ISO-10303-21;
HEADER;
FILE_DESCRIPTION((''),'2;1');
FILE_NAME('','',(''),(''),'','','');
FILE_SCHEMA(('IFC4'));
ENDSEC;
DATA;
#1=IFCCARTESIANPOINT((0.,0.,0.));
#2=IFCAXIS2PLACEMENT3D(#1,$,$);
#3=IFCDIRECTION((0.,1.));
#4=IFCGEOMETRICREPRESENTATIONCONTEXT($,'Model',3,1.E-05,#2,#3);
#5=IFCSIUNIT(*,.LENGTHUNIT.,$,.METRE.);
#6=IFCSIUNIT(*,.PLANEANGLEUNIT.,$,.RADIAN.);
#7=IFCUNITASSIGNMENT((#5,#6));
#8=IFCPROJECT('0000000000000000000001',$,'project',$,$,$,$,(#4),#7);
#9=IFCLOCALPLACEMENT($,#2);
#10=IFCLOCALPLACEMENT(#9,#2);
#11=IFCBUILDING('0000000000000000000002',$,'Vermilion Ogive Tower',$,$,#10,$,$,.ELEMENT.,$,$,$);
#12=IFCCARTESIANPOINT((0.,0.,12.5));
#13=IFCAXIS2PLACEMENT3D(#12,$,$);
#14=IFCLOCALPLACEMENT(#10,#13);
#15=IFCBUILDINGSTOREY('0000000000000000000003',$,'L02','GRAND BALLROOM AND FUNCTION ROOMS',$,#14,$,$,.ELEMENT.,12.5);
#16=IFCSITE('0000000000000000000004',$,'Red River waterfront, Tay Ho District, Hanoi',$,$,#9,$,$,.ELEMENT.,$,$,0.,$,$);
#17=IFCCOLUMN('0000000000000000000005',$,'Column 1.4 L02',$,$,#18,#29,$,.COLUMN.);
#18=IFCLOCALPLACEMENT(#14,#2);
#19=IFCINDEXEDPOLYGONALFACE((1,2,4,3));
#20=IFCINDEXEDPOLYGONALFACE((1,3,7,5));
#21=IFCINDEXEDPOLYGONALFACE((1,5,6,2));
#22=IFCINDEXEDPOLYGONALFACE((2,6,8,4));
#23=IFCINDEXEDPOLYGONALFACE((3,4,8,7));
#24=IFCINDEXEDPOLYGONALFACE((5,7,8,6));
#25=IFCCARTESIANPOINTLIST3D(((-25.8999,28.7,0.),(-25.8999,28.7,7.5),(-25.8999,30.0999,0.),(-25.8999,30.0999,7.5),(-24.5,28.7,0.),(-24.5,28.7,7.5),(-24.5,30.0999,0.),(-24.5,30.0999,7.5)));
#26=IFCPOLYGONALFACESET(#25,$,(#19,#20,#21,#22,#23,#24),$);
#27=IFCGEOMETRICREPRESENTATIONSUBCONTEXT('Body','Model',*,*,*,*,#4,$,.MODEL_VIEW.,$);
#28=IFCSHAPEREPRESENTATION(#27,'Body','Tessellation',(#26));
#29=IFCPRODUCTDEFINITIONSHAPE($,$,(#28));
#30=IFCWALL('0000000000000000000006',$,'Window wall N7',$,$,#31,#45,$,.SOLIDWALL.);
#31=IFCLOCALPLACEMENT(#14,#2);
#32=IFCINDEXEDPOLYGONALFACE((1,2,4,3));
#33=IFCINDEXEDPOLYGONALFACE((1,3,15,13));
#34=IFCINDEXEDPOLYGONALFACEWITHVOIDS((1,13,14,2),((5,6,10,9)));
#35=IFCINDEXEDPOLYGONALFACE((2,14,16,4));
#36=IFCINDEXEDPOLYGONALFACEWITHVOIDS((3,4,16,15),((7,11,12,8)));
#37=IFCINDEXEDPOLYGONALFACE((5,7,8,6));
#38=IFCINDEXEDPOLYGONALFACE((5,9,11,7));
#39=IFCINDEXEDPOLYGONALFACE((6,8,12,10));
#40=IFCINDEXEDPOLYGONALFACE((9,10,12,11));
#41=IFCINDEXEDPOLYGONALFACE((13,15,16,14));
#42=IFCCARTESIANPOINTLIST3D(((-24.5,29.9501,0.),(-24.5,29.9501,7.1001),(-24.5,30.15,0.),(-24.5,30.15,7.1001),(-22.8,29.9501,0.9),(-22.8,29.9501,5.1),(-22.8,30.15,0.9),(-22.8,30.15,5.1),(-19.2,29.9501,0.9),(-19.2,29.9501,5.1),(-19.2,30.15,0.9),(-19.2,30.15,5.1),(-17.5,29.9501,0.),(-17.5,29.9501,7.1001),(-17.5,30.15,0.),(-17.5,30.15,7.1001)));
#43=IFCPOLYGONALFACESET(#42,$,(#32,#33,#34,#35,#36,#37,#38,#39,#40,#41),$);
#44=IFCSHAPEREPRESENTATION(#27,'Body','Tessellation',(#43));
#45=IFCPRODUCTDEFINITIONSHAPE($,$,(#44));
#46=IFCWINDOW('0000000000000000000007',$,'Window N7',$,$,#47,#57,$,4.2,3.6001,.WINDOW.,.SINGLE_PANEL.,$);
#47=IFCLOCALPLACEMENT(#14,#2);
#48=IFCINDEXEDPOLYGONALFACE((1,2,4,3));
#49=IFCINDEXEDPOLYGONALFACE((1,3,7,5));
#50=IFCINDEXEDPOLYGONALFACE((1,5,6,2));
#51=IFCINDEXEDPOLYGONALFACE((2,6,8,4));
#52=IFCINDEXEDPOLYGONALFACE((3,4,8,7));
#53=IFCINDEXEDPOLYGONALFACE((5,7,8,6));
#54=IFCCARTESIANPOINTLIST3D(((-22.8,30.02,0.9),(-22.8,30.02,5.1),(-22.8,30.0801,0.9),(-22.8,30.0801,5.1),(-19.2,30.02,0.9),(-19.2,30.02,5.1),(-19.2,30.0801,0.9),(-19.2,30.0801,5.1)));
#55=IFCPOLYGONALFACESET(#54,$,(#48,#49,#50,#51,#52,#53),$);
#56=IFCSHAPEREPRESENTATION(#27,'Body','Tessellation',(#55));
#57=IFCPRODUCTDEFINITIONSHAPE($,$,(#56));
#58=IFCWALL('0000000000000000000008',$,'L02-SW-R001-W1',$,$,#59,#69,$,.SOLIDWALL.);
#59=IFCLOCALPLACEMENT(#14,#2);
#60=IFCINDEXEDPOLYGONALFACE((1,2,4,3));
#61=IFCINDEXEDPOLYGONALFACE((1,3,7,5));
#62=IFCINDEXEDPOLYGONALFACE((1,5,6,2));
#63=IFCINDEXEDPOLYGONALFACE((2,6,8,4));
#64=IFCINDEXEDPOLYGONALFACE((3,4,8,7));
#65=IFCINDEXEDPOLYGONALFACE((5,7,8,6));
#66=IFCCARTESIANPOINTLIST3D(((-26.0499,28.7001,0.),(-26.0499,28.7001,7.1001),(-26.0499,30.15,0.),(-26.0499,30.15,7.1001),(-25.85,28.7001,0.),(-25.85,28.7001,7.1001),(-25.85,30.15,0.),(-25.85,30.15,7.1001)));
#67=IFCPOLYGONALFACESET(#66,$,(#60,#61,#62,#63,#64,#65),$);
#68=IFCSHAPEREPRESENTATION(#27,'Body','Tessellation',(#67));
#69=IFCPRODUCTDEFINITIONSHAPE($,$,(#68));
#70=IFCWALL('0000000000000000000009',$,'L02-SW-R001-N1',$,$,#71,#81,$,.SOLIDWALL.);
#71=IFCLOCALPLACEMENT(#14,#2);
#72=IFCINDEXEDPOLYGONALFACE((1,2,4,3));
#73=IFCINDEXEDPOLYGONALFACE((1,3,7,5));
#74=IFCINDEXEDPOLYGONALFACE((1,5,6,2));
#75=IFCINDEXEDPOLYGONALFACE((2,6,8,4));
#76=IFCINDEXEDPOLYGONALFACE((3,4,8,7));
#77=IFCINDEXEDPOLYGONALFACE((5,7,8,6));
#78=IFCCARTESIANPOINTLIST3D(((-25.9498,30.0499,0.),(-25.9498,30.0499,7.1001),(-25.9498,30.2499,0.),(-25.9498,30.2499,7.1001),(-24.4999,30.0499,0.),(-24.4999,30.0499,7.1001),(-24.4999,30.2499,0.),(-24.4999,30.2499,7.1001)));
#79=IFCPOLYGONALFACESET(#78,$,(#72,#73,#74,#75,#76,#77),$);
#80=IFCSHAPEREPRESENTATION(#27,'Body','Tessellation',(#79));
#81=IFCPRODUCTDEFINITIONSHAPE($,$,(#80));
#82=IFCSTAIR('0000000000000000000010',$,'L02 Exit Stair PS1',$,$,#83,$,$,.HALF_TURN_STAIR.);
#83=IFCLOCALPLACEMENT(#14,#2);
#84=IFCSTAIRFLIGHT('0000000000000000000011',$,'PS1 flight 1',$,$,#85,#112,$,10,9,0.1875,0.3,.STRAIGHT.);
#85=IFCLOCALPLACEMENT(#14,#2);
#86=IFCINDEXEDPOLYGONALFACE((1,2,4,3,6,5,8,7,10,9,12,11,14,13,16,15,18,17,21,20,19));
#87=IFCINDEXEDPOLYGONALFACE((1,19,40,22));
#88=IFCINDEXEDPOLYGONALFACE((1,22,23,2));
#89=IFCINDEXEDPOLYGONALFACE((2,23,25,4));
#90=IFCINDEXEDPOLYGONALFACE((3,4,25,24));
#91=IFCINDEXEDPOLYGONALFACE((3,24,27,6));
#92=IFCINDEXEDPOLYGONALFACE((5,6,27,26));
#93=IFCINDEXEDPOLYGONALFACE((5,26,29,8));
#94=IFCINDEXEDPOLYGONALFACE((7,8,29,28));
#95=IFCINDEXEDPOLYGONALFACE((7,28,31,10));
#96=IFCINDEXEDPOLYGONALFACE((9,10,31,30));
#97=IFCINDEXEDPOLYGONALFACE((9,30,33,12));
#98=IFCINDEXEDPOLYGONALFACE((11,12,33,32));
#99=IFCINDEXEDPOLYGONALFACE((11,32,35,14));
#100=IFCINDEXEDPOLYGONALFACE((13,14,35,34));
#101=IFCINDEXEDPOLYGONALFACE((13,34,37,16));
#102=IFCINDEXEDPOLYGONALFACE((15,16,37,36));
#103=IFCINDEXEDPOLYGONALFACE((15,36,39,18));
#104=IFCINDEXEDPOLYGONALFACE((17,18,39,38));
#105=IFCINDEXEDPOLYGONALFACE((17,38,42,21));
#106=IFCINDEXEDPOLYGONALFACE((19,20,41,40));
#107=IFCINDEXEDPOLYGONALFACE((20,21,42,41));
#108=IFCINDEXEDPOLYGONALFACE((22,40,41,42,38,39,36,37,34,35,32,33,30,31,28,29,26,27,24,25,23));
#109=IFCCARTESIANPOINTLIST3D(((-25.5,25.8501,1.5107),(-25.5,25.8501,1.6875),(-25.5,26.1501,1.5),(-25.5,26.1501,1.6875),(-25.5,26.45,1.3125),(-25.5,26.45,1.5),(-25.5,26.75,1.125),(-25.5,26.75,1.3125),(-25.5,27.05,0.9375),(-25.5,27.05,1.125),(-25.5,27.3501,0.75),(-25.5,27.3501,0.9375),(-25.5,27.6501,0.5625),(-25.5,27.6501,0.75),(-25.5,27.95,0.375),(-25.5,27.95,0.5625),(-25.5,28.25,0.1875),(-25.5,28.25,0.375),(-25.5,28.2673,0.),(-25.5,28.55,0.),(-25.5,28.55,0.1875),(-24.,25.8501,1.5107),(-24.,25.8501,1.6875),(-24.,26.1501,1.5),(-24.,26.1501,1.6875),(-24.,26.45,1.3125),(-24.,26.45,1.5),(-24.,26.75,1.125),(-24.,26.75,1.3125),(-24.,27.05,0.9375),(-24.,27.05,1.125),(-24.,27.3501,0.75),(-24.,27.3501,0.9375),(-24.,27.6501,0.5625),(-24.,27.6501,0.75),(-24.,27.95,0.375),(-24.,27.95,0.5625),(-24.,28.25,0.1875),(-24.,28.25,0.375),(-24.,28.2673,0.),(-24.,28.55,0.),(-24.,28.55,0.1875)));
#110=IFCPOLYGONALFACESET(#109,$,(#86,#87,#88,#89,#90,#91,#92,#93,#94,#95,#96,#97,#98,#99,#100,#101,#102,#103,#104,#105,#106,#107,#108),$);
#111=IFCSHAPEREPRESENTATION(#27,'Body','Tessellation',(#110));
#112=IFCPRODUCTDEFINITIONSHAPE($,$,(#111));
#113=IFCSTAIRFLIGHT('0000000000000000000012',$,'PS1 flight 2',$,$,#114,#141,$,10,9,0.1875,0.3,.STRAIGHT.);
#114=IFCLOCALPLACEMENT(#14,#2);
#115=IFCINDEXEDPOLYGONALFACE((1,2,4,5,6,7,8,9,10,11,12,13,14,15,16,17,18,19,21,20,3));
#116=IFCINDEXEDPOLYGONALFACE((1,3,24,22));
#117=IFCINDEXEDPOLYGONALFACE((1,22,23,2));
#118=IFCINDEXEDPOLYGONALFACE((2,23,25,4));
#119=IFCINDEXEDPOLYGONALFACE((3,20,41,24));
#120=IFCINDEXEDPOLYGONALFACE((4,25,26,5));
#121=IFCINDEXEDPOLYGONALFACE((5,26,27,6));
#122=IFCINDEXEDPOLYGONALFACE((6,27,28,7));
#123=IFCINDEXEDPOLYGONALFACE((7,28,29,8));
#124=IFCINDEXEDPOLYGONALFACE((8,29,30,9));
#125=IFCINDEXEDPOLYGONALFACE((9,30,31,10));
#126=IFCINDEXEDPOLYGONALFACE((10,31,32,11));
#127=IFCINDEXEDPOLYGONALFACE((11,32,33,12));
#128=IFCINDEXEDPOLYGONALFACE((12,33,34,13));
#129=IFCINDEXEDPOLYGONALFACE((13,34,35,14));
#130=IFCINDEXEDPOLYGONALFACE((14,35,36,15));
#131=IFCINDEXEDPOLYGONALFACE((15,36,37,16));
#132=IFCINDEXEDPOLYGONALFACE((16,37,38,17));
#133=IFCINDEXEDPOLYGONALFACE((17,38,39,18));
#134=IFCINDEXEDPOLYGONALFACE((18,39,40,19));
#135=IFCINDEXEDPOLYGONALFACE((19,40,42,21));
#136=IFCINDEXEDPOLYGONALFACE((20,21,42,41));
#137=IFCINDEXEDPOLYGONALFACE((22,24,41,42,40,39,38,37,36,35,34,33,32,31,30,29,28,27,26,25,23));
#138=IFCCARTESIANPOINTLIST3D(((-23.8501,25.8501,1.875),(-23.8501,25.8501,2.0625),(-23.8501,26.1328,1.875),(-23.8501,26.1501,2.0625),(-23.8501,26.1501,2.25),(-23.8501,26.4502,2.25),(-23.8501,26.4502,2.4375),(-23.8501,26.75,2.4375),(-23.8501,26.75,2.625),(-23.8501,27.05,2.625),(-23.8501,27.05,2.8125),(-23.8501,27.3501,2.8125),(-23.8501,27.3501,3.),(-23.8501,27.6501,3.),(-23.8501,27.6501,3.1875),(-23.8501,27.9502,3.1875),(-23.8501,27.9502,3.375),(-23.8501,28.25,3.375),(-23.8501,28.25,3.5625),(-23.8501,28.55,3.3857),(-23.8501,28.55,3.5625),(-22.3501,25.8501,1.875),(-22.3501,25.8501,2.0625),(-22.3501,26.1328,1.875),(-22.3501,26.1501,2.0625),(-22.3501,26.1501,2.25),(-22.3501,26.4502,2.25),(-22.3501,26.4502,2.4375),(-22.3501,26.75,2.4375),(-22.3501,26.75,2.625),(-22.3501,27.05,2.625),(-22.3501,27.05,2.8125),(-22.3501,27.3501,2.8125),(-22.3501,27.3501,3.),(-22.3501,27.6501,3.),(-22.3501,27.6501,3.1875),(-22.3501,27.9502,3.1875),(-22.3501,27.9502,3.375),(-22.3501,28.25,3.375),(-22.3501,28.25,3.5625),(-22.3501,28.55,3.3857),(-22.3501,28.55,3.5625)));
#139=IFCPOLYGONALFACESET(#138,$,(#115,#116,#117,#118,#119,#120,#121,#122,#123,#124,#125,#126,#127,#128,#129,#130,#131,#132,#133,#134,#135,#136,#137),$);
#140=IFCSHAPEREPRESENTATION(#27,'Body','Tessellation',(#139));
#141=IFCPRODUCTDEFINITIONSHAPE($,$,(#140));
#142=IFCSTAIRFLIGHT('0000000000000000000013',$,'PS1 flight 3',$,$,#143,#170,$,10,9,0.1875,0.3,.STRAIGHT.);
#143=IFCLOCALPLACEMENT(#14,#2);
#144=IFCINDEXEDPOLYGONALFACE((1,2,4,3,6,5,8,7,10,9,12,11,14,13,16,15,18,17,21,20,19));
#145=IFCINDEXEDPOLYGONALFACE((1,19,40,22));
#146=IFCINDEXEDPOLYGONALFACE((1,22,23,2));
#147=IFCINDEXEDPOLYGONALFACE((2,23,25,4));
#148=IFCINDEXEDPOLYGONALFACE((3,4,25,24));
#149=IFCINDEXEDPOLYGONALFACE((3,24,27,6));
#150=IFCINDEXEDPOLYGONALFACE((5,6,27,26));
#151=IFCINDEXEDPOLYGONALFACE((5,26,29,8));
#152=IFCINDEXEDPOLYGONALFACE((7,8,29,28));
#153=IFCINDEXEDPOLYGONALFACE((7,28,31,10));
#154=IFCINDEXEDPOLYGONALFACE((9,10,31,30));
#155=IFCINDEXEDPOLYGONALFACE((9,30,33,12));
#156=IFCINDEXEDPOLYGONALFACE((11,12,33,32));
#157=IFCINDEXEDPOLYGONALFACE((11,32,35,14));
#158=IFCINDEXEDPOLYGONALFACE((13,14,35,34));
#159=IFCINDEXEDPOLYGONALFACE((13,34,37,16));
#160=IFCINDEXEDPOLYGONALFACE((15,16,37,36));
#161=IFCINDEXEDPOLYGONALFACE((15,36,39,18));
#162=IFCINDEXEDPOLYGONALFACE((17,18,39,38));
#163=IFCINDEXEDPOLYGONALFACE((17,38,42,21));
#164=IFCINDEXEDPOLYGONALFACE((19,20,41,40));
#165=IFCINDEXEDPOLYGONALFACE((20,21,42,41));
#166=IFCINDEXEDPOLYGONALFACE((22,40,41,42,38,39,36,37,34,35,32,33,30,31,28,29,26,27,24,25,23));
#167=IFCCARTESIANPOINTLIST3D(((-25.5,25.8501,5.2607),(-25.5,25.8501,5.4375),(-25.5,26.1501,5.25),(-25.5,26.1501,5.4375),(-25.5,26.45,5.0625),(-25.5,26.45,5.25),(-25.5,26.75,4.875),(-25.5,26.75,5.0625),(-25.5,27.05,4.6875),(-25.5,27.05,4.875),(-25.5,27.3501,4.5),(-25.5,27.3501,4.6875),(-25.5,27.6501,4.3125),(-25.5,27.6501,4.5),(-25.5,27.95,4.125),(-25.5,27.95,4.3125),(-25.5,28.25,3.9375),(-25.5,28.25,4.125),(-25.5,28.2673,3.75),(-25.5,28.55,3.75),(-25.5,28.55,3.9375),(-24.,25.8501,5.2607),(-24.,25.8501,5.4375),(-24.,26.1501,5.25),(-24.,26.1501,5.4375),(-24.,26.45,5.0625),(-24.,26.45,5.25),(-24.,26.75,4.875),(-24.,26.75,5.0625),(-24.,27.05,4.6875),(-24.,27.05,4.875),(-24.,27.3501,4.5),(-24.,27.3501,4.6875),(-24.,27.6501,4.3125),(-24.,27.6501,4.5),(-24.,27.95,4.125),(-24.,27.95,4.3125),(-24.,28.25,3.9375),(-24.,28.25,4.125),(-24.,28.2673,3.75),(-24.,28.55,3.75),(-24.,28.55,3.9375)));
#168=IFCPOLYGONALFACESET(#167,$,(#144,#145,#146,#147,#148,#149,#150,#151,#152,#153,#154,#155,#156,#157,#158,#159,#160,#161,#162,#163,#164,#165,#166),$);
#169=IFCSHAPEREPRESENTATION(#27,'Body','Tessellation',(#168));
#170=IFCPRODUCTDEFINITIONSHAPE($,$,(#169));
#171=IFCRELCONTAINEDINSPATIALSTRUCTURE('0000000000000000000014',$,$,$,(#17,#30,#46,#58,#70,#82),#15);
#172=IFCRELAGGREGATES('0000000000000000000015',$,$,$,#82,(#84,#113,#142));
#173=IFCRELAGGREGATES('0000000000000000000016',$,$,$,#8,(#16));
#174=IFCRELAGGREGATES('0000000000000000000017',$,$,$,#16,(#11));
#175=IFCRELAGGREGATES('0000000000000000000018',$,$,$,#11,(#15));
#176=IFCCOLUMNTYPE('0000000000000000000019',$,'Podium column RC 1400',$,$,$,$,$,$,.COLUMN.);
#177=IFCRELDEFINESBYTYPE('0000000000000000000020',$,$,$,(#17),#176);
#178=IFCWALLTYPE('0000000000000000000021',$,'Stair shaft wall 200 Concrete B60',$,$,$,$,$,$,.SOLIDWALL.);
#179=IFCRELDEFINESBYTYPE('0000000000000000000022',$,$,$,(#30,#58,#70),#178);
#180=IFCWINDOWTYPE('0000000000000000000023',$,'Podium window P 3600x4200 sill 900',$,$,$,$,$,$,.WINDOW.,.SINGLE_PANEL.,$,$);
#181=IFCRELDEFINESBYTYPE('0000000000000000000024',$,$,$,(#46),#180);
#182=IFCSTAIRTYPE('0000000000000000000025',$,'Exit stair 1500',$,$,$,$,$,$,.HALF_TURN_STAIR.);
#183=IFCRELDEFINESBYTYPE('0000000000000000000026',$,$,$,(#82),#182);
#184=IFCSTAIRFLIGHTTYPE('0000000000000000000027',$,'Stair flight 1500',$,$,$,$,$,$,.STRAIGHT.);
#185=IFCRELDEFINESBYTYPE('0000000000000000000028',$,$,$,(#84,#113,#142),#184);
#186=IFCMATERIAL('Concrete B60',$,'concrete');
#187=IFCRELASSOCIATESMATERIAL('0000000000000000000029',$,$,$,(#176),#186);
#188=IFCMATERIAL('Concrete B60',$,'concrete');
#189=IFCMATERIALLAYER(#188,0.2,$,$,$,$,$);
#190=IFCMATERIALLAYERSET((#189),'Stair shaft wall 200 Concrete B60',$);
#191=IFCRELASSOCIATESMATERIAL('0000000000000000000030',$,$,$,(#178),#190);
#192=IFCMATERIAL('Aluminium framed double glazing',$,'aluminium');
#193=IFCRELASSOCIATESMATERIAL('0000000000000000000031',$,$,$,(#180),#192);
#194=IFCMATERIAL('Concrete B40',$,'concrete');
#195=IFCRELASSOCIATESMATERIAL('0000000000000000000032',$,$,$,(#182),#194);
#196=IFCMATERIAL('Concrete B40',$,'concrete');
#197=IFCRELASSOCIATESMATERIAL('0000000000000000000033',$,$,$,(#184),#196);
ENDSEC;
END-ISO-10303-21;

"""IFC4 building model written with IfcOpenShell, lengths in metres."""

from ifc_helpers import new_model, si_unit, direction, frame, frame_2d, origin, origin_2d, place, context, subcontext, project, spatial, polyline, rectangle, outline, extrude, material, layer, layer_set, material_profile, profile_set, type_object, element, fill, aggregate, save


model = new_model("IFC4")

# Units and contexts
model_context = context("Model", 3, precision=1e-05, world=origin(), true_north=direction((0.0, 1.0)))
body_context = subcontext(model_context, "Body", "Model", "MODEL_VIEW")
ifc_project = project(units=[si_unit("LENGTHUNIT", "METRE"), si_unit("PLANEANGLEUNIT", "RADIAN")], contexts=[model_context])

# Site, building, storey
site_placement = place(None, origin())
site = spatial("IfcSite", under=ifc_project, at=site_placement, Name="Red River waterfront, Tay Ho District, Hanoi", CompositionType="ELEMENT", RefElevation=0.0)
building_placement = place(site_placement, origin())
building = spatial("IfcBuilding", under=site, at=building_placement, Name="Vermilion Ogive Tower", CompositionType="ELEMENT")
storey_placement = place(building_placement, frame((0.0, 0.0, 12.5)))
storey = spatial("IfcBuildingStorey", under=building, at=storey_placement, Name="L02", Description="GRAND BALLROOM AND FUNCTION ROOMS", CompositionType="ELEMENT", Elevation=12.5)

# Column
ifc_material_1 = material(Name="Concrete B60", Category="concrete")
ifc_material_profile = material_profile(ifc_material_1, rectangle(XDim=1.3999, YDim=1.3999, at=origin_2d()), Name="RC 1400x1400")
ifc_profile_set = profile_set([ifc_material_profile], Name="Concrete B60")
column_type = type_object("IfcColumnType", Name="Podium column RC 1400", PredefinedType="COLUMN", material=ifc_profile_set)
column_placement = place(storey_placement, frame((-25.2, 29.3999, 0.0), z_axis=(0.0, 0.0, 1.0), x_axis=(1.0, 0.0, 0.0)))
element("IfcColumn", 1, at=column_placement, inside=storey, type_object=column_type, Name="Column 1.4 L02", PredefinedType="COLUMN", context=body_context, shape_type="SweptSolid", body=[
    extrude(rectangle(XDim=1.3999, YDim=1.3999, at=origin_2d()), origin(), (0.0, 0.0, 1.0), 7.5),
])

# Wall, opening, window
ifc_material_2 = material(Name="Concrete B60", Category="concrete")
ifc_layer = layer(ifc_material_2, 0.2)
ifc_layer_set = layer_set([ifc_layer], Name="Stair shaft wall 200 Concrete B60")
wall_type = type_object("IfcWallType", Name="Stair shaft wall 200 Concrete B60", PredefinedType="SOLIDWALL", material=ifc_layer_set)
wall_placement = place(storey_placement, frame((-24.5, 30.05, 0.0), z_axis=(0.0, 0.0, 1.0), x_axis=(1.0, 0.0, 0.0)))
wall = element("IfcWall", 2, at=wall_placement, inside=storey, type_object=wall_type, Name="Window wall N7", PredefinedType="SOLIDWALL", context=body_context, shape_type="SweptSolid", body=[
    extrude(rectangle(XDim=7.0, YDim=0.2, at=frame_2d((3.5, 0.0))), origin(), (0.0, 0.0, 1.0), 7.1001),
])
opening_placement = place(wall_placement, frame((1.7, 0.0, 0.8999)))
opening = element("IfcOpeningElement", 3, at=opening_placement, cuts=wall, PredefinedType="OPENING", context=body_context, shape_type="SweptSolid", body=[
    extrude(rectangle(XDim=3.6001, YDim=4.2, at=frame_2d((1.8, 2.1001))), frame((0.0, 0.1099, 0.0), z_axis=(0.0, -1.0, 0.0), x_axis=(1.0, 0.0, 0.0)), (0.0, 0.0, 1.0), 0.22),
])
ifc_material_3 = material(Name="Aluminium framed double glazing", Category="aluminium")
window_type = type_object("IfcWindowType", Name="Podium window P 3600x4200 sill 900", PartitioningType="SINGLE_PANEL", PredefinedType="WINDOW", material=ifc_material_3)
window_placement = place(opening_placement, origin())
window = element("IfcWindow", 4, at=window_placement, inside=storey, type_object=window_type, Name="Window N7", OverallHeight=4.2, OverallWidth=3.6001, PartitioningType="SINGLE_PANEL", PredefinedType="WINDOW", context=body_context, shape_type="SweptSolid", body=[
    extrude(rectangle(XDim=3.6001, YDim=4.2, at=frame_2d((1.8, 2.1001))), frame((0.0, 0.03, 0.0), z_axis=(0.0, -1.0, 0.0), x_axis=(1.0, 0.0, 0.0)), (0.0, 0.0, 1.0), 0.0601),
])
fill(opening, window)

# Walls
for number, where, z_axis, x_axis, name in (
    (5, (-25.95, 28.7, 0.0), (0.0, 0.0, 1.0), (0.0, 1.0, 0.0), "L02-SW-R001-W1"),
    (6, (-25.95, 30.1499, 0.0), (0.0, 0.0, 1.0), (1.0, 0.0, 0.0), "L02-SW-R001-N1"),
):
    element("IfcWall", number, at=place(storey_placement, frame(where, z_axis=z_axis, x_axis=x_axis)), inside=storey, type_object=wall_type, Name=name, PredefinedType="SOLIDWALL", context=body_context, shape_type="SweptSolid", body=[
        extrude(rectangle(XDim=1.45, YDim=0.2, at=frame_2d((0.7251, 0.0))), origin(), (0.0, 0.0, 1.0), 7.1001),
    ])

# Stair, stair flights
ifc_material_4 = material(Name="Concrete B40", Category="concrete")
stair_type = type_object("IfcStairType", Name="Exit stair 1500", PredefinedType="HALF_TURN_STAIR", material=ifc_material_4)
stair_placement = place(storey_placement, origin())
stair = element("IfcStair", 7, at=stair_placement, inside=storey, type_object=stair_type, Name="L02 Exit Stair PS1", PredefinedType="HALF_TURN_STAIR")
ifc_material_5 = material(Name="Concrete B40", Category="concrete")
stair_flight_type = type_object("IfcStairFlightType", Name="Stair flight 1500", PredefinedType="STRAIGHT", material=ifc_material_5)
stair_flight_1_placement = place(storey_placement, frame((-24.75, 28.55, 0.0), z_axis=(0.0, 0.0, 1.0), x_axis=(0.0, -1.0, 0.0)))
stair_flight_1 = element("IfcStairFlight", 8, at=stair_flight_1_placement, type_object=stair_flight_type, Name="PS1 flight 1", NumberOfRisers=10, NumberOfTreads=9, PredefinedType="STRAIGHT", RiserHeight=0.1875, TreadLength=0.3, context=body_context, shape_type="SweptSolid", body=[
    extrude(outline(polyline([(0.0, 0.0), (0.0, 0.1875), (0.3, 0.1875), (0.3, 0.375), (0.6001, 0.375), (0.6001, 0.5625), (0.8999, 0.5625), (0.8999, 0.75), (1.2, 0.75), (1.2, 0.9375), (1.5, 0.9375), (1.5, 1.125), (1.8, 1.125), (1.8, 1.3125), (2.1001, 1.3125), (2.1001, 1.5), (2.3999, 1.5), (2.3999, 1.6875), (2.7, 1.6875), (2.7, 1.875), (2.7, 1.5107), (0.2827, 0.0), (0.0, 0.0)])), frame((0.0, 0.75, 0.0), z_axis=(0.0, -1.0, 0.0), x_axis=(1.0, 0.0, 0.0)), (0.0, 0.0, 1.0), 1.5),
])
stair_flight_2_placement = place(storey_placement, frame((-23.1001, 25.8501, 1.875), z_axis=(0.0, 0.0, 1.0), x_axis=(0.0, 1.0, 0.0)))
stair_flight_2 = element("IfcStairFlight", 9, at=stair_flight_2_placement, type_object=stair_flight_type, Name="PS1 flight 2", NumberOfRisers=10, NumberOfTreads=9, PredefinedType="STRAIGHT", RiserHeight=0.1875, TreadLength=0.3, context=body_context, shape_type="SweptSolid", body=[
    extrude(outline(polyline([(0.0, 0.0), (0.0, 0.1875), (0.3, 0.1875), (0.3, 0.375), (0.6001, 0.375), (0.6001, 0.5625), (0.8999, 0.5625), (0.8999, 0.75), (1.2, 0.75), (1.2, 0.9375), (1.5, 0.9375), (1.5, 1.125), (1.8, 1.125), (1.8, 1.3125), (2.1001, 1.3125), (2.1001, 1.5), (2.3999, 1.5), (2.3999, 1.6875), (2.7, 1.6875), (2.7, 1.875), (2.7, 1.5107), (0.2827, 0.0), (0.0, 0.0)])), frame((0.0, 0.75, 0.0), z_axis=(0.0, -1.0, 0.0), x_axis=(1.0, 0.0, 0.0)), (0.0, 0.0, 1.0), 1.5),
])
stair_flight_3_placement = place(storey_placement, frame((-24.75, 28.55, 3.75), z_axis=(0.0, 0.0, 1.0), x_axis=(0.0, -1.0, 0.0)))
stair_flight_3 = element("IfcStairFlight", 10, at=stair_flight_3_placement, type_object=stair_flight_type, Name="PS1 flight 3", NumberOfRisers=10, NumberOfTreads=9, PredefinedType="STRAIGHT", RiserHeight=0.1875, TreadLength=0.3, context=body_context, shape_type="SweptSolid", body=[
    extrude(outline(polyline([(0.0, 0.0), (0.0, 0.1875), (0.3, 0.1875), (0.3, 0.375), (0.6001, 0.375), (0.6001, 0.5625), (0.8999, 0.5625), (0.8999, 0.75), (1.2, 0.75), (1.2, 0.9375), (1.5, 0.9375), (1.5, 1.125), (1.8, 1.125), (1.8, 1.3125), (2.1001, 1.3125), (2.1001, 1.5), (2.3999, 1.5), (2.3999, 1.6875), (2.7, 1.6875), (2.7, 1.875), (2.7, 1.5107), (0.2827, 0.0), (0.0, 0.0)])), frame((0.0, 0.75, 0.0), z_axis=(0.0, -1.0, 0.0), x_axis=(1.0, 0.0, 0.0)), (0.0, 0.0, 1.0), 1.5),
])
aggregate(stair, [stair_flight_1, stair_flight_2, stair_flight_3])

save(model, "model.ifc")
